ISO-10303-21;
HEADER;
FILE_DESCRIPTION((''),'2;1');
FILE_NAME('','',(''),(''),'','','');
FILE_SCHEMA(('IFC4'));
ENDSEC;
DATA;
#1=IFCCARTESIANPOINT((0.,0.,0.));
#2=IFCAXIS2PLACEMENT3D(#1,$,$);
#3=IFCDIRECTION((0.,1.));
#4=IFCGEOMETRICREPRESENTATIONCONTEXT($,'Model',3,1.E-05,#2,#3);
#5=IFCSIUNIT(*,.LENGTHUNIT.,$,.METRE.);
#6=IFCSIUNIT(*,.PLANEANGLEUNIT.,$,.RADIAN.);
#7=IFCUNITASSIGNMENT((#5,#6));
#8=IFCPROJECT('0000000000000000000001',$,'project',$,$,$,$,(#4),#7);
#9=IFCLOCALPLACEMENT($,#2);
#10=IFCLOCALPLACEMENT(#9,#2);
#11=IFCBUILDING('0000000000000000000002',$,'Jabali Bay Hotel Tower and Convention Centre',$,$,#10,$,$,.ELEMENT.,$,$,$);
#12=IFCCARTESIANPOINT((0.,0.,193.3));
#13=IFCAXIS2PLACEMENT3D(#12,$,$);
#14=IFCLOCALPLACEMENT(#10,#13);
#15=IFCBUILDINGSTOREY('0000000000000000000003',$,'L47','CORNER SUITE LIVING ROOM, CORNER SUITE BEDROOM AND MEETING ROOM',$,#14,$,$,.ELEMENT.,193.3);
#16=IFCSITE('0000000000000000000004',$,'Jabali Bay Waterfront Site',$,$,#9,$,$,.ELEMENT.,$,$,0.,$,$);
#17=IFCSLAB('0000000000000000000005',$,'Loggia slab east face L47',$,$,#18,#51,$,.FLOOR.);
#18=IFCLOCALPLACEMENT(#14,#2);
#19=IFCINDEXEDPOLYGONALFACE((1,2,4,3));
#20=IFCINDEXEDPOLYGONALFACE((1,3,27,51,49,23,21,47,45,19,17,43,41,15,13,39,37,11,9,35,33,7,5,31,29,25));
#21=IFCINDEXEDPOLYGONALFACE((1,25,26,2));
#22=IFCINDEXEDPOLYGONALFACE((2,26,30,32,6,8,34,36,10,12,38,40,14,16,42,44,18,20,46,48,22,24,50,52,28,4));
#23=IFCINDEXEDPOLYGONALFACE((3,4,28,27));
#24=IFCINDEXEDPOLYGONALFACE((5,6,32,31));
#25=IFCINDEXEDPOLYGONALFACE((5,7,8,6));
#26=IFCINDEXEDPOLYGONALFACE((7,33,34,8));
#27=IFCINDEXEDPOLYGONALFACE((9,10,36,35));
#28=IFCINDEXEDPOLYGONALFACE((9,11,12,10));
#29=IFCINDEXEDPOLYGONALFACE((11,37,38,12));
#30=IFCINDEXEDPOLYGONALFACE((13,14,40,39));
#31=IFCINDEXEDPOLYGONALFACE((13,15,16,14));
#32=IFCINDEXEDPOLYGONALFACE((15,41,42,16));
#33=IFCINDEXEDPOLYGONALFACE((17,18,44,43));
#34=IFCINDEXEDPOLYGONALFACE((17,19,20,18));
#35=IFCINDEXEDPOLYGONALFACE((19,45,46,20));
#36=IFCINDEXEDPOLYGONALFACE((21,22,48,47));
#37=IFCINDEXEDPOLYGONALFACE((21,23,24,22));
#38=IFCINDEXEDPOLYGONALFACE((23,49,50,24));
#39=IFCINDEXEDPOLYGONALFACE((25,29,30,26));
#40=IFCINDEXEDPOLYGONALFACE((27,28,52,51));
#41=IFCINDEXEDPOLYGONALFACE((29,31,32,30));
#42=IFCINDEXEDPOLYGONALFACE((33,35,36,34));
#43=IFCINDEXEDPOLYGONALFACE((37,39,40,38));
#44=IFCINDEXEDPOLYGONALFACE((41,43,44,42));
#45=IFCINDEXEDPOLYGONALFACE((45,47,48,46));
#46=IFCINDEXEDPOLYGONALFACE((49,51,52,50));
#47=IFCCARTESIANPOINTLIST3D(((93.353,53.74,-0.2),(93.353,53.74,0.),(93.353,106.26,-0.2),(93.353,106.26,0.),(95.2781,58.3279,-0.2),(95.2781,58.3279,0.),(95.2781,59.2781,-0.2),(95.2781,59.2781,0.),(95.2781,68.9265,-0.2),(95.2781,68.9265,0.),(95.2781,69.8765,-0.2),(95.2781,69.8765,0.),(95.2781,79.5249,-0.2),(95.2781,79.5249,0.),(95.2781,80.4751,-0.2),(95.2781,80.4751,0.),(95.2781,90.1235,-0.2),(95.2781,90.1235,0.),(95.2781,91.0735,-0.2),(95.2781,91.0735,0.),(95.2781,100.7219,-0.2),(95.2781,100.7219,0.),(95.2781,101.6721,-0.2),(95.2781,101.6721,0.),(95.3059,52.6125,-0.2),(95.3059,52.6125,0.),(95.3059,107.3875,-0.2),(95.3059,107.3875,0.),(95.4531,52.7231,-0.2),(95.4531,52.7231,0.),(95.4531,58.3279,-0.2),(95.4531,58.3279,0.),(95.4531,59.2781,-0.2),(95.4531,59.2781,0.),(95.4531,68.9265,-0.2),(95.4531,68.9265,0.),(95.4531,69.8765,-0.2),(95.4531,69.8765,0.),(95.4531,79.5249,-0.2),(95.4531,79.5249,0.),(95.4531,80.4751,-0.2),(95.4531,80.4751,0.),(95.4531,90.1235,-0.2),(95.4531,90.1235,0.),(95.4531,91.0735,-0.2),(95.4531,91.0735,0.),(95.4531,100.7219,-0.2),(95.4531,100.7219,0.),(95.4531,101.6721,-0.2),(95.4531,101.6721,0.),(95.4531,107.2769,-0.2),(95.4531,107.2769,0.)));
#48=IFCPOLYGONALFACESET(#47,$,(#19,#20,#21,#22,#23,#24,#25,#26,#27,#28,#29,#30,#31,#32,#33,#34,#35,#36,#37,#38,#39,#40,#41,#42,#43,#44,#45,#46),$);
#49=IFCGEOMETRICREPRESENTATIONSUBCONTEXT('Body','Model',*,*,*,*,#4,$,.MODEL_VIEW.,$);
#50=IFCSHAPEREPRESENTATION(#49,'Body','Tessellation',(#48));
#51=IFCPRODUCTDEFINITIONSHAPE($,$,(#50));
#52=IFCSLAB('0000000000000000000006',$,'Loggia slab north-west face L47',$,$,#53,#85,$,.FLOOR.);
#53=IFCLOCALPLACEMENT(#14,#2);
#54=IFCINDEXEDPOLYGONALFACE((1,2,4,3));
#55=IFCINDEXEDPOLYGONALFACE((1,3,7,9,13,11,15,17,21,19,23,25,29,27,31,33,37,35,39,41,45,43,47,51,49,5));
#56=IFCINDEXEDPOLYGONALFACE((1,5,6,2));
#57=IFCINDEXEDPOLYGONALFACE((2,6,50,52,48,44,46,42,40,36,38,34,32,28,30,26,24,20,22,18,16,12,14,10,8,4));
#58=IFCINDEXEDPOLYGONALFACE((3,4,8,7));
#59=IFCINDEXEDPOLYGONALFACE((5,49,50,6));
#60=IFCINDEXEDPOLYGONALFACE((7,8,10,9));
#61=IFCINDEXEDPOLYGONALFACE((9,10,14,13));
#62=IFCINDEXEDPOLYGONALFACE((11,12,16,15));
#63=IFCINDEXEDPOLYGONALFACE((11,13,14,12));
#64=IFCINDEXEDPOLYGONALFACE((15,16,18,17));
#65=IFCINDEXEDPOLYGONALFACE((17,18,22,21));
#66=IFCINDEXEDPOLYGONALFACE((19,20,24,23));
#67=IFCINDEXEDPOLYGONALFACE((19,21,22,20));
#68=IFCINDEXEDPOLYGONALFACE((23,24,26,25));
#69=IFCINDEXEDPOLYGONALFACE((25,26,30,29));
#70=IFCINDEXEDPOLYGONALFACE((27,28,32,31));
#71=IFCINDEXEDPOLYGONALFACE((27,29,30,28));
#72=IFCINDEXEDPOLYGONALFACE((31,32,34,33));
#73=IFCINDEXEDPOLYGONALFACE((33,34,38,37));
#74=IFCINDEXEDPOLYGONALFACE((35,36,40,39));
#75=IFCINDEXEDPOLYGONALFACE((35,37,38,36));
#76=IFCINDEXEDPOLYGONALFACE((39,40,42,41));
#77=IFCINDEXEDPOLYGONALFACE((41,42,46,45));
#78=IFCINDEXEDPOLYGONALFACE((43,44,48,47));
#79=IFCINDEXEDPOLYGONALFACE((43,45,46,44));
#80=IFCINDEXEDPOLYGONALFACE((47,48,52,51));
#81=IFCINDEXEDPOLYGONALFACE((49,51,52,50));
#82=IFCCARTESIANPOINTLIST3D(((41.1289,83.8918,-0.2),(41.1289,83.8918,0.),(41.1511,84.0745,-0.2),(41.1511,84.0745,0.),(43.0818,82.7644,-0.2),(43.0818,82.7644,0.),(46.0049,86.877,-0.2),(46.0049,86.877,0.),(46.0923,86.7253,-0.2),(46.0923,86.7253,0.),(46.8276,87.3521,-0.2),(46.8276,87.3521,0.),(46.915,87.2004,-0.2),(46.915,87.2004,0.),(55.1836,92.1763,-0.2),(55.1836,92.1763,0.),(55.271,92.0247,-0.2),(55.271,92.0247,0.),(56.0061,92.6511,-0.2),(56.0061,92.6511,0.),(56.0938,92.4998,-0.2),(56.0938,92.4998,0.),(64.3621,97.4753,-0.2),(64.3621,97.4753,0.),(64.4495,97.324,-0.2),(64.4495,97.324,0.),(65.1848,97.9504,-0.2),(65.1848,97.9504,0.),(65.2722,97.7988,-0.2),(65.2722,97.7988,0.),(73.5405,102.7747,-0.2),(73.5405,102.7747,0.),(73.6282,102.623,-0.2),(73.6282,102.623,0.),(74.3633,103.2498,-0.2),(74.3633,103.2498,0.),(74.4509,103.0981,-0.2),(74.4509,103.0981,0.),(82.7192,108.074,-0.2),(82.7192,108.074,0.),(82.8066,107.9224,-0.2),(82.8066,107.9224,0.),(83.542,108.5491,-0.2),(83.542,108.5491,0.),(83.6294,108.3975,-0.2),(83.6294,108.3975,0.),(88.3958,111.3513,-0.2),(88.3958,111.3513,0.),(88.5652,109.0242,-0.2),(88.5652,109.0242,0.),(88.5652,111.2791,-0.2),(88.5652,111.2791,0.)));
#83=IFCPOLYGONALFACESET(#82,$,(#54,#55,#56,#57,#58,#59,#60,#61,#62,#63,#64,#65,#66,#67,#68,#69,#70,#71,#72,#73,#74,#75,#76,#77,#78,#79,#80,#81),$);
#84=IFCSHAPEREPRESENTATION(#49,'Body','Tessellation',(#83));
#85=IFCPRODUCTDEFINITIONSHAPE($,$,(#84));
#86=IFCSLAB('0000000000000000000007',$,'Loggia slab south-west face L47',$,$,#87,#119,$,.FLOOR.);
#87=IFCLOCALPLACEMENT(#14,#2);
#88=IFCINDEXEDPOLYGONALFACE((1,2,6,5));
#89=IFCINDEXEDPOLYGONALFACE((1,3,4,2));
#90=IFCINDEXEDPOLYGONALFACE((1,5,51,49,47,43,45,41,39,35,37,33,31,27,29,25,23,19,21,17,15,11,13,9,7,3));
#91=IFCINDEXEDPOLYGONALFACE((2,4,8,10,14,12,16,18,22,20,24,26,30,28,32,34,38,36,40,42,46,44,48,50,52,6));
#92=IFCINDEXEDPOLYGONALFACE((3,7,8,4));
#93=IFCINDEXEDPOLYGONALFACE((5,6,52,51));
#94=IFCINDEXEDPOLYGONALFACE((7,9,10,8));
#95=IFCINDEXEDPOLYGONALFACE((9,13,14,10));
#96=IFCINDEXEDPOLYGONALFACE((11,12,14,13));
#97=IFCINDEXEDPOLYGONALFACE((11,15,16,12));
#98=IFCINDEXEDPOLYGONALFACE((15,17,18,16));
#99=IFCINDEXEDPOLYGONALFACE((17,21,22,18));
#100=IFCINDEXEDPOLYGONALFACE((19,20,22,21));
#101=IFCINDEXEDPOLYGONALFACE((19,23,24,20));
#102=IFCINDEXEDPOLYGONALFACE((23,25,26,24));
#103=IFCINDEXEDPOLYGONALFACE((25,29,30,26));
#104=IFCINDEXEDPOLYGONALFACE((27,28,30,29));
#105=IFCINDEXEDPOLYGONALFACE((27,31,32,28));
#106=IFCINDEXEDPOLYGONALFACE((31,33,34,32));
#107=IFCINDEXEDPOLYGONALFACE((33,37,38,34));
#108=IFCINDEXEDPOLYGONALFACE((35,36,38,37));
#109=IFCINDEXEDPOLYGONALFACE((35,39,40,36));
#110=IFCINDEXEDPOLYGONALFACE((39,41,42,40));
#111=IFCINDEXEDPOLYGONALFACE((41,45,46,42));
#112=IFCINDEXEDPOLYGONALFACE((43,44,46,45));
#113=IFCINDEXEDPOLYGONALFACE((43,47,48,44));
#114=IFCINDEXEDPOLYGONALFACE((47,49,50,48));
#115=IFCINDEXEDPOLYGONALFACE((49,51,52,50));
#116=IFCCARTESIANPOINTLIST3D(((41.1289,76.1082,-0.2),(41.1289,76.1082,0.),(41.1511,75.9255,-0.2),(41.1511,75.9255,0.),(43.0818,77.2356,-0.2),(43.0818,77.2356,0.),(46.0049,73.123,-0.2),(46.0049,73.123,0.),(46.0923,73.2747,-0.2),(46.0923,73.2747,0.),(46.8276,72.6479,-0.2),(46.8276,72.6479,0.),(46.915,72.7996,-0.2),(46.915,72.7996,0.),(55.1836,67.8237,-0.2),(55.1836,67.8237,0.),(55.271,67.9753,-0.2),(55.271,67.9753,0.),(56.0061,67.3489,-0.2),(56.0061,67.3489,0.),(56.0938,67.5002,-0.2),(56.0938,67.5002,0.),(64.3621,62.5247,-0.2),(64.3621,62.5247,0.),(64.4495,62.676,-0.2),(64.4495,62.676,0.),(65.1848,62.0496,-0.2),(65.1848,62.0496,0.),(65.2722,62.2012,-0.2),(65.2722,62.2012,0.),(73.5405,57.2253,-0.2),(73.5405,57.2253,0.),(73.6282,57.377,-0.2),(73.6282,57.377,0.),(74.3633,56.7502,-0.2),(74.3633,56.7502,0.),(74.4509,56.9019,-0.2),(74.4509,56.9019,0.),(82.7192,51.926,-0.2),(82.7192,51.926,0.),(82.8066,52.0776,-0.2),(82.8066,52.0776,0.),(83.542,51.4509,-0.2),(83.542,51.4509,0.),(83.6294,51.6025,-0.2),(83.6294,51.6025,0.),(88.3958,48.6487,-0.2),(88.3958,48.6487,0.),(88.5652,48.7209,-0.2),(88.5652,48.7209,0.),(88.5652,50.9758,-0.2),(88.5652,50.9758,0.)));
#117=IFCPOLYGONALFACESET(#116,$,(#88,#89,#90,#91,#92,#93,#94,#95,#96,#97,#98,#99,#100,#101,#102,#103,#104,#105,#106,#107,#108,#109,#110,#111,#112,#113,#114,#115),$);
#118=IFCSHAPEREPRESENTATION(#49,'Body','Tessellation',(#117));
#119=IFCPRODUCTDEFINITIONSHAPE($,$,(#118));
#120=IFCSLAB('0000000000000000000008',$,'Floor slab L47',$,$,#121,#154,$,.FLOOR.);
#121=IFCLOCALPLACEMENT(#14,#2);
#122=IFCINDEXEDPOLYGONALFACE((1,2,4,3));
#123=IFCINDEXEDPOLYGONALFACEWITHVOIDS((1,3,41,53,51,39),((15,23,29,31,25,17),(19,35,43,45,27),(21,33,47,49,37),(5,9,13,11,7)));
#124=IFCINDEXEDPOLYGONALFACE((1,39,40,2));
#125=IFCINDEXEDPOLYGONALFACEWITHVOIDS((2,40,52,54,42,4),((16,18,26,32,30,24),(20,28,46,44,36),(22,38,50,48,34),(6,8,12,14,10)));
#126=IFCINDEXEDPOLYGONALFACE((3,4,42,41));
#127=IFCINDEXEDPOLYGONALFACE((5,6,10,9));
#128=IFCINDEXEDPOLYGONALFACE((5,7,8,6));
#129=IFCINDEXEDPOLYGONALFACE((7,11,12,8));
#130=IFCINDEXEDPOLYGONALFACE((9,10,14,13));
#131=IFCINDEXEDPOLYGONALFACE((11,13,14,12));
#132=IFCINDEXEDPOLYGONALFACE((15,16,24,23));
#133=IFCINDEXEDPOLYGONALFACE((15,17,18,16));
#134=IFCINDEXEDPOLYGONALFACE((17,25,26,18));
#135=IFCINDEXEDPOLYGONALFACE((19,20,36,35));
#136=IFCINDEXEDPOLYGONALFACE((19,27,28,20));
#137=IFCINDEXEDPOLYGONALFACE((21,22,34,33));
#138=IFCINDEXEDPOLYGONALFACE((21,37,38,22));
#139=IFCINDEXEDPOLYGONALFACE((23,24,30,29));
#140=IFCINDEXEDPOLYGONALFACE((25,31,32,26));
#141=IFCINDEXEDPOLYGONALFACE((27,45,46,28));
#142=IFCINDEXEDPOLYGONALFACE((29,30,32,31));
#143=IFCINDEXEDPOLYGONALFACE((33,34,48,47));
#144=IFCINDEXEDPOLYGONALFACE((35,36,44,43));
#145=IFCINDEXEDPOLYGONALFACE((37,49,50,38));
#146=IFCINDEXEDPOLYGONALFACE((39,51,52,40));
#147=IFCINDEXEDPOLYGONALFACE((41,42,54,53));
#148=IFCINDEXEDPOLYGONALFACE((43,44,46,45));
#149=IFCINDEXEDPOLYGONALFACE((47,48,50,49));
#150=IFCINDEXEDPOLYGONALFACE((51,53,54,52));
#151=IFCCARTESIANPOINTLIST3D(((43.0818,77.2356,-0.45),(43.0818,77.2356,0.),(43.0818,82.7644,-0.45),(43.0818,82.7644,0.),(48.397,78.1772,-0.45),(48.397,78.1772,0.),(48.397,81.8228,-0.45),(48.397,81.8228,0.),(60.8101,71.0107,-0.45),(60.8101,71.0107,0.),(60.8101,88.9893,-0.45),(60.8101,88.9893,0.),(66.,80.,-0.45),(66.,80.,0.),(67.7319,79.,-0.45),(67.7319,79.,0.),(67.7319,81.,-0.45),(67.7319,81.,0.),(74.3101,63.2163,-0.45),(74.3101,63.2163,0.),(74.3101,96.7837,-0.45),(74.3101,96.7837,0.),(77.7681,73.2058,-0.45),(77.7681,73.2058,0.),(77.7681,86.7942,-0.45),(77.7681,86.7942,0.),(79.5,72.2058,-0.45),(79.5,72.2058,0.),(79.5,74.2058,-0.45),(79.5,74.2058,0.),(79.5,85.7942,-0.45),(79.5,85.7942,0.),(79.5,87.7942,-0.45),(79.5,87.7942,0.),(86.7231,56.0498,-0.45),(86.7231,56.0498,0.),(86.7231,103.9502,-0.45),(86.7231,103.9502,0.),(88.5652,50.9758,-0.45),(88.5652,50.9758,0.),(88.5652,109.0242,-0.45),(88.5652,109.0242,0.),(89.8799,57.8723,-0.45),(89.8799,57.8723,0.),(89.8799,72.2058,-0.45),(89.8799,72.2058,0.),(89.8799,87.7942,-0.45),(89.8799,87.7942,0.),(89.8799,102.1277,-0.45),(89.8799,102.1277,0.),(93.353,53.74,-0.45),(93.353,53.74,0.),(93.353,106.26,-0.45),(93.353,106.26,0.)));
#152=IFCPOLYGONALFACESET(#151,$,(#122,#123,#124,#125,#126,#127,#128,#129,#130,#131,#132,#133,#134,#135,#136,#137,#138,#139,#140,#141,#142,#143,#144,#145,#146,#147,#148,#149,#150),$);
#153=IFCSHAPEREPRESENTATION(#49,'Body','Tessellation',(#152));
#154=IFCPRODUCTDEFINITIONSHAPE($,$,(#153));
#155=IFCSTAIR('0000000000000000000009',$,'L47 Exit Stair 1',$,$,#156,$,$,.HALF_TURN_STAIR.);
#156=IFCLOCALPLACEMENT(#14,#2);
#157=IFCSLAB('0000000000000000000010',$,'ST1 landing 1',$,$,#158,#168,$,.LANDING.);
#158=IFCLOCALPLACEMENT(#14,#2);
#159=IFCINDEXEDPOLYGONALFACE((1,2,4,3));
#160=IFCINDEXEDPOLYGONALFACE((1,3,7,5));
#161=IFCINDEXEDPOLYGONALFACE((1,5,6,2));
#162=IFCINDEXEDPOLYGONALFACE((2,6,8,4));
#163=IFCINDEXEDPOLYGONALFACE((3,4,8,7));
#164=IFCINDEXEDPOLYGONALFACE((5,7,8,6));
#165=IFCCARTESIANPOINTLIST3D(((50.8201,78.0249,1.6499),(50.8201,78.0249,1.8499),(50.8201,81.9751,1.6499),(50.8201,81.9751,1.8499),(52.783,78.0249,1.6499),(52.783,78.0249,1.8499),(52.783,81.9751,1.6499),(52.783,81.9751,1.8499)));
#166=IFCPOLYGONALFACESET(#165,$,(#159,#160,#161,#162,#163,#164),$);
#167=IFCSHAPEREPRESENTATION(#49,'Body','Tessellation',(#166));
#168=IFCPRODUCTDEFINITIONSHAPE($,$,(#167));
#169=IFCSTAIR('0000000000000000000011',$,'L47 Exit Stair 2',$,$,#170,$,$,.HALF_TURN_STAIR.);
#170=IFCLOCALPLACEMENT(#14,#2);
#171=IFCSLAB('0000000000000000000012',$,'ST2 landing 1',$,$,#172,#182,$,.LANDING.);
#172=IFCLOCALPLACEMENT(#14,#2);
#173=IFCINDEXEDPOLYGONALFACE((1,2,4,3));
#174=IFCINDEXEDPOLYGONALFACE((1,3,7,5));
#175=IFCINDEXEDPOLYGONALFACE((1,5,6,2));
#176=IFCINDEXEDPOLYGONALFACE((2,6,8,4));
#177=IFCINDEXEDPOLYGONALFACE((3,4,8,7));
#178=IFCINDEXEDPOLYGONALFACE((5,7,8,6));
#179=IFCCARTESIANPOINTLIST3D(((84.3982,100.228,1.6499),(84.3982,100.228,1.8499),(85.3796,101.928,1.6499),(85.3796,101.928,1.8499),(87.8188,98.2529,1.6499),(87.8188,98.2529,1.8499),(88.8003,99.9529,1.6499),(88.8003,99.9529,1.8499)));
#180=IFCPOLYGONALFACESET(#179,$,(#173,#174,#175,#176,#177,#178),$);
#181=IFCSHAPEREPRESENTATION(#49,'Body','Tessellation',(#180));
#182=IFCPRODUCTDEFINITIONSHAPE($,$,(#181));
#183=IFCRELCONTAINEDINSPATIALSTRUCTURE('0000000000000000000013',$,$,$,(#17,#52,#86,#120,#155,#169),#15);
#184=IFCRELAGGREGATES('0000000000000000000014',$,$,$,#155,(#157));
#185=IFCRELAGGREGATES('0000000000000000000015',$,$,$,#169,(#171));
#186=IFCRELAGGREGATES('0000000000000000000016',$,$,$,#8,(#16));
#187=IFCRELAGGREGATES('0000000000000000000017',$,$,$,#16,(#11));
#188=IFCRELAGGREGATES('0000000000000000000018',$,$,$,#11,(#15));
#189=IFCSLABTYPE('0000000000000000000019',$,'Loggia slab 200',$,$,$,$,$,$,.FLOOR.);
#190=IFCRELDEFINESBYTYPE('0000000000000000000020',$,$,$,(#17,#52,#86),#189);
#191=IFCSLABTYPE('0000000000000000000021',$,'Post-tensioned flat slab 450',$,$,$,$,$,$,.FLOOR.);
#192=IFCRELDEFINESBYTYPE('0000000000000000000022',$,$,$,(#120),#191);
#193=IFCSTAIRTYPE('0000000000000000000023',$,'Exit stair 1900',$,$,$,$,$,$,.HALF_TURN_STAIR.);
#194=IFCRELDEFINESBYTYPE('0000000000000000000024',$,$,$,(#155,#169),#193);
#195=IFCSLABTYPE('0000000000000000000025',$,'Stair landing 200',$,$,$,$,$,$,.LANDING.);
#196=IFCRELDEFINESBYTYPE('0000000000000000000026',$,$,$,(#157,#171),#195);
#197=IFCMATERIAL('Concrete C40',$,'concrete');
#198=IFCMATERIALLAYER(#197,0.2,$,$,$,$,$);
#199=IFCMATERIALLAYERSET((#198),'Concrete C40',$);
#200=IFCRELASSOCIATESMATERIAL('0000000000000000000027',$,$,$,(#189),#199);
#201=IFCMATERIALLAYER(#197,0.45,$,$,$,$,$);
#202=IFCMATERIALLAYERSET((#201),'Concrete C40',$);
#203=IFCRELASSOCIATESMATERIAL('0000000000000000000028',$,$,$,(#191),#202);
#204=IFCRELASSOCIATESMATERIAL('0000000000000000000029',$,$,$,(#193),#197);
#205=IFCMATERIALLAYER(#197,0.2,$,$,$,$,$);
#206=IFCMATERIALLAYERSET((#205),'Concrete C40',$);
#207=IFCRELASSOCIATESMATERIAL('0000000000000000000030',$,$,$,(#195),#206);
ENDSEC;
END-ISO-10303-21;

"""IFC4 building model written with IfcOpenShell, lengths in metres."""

from ifc_helpers import new_model, si_unit, direction, frame, origin, place, context, subcontext, project, spatial, polyline, outline, extrude, material, layer, layer_set, type_object, element, aggregate, save


model = new_model("IFC4")

# Units and contexts
model_context = context("Model", 3, precision=1e-05, world=origin(), true_north=direction((0.0, 1.0)))
body_context = subcontext(model_context, "Body", "Model", "MODEL_VIEW")
ifc_project = project(units=[si_unit("LENGTHUNIT", "METRE"), si_unit("PLANEANGLEUNIT", "RADIAN")], contexts=[model_context])

# Site, building, storey
site_placement = place(None, origin())
site = spatial("IfcSite", under=ifc_project, at=site_placement, Name="Jabali Bay Waterfront Site", CompositionType="ELEMENT", RefElevation=0.0)
building_placement = place(site_placement, origin())
building = spatial("IfcBuilding", under=site, at=building_placement, Name="Jabali Bay Hotel Tower and Convention Centre", CompositionType="ELEMENT")
storey_placement = place(building_placement, frame((0.0, 0.0, 193.3)))
storey = spatial("IfcBuildingStorey", under=building, at=storey_placement, Name="L47", Description="CORNER SUITE LIVING ROOM, CORNER SUITE BEDROOM AND MEETING ROOM", CompositionType="ELEMENT", Elevation=193.3)

# Slabs
ifc_material_1 = material(Name="Concrete C40", Category="concrete")
ifc_layer_1 = layer(ifc_material_1, 0.2)
ifc_layer_set_1 = layer_set([ifc_layer_1], Name="Concrete C40")
slab_type_1 = type_object("IfcSlabType", Name="Loggia slab 200", PredefinedType="FLOOR", material=ifc_layer_set_1)
slab_1_placement = place(storey_placement, frame((0.0, 0.0, -0.2)))
element("IfcSlab", 1, at=slab_1_placement, inside=storey, type_object=slab_type_1, Name="Loggia slab east face L47", PredefinedType="FLOOR", context=body_context, shape_type="SweptSolid", body=[
    extrude(outline(polyline([(93.353, 106.26), (95.3059, 107.3875), (95.4531, 107.2769), (95.4531, 101.6721), (95.2781, 101.6721), (95.2781, 100.7219), (95.4531, 100.7219), (95.4531, 91.0735), (95.2781, 91.0735), (95.2781, 90.1235), (95.4531, 90.1235), (95.4531, 80.4751), (95.2781, 80.4751), (95.2781, 79.5249), (95.4531, 79.5249), (95.4531, 69.8765), (95.2781, 69.8765), (95.2781, 68.9265), (95.4531, 68.9265), (95.4531, 59.2781), (95.2781, 59.2781), (95.2781, 58.3279), (95.4531, 58.3279), (95.4531, 52.7231), (95.3059, 52.6125), (93.353, 53.74), (93.353, 106.26)])), origin(), (0.0, 0.0, 1.0), 0.2),
])
slab_2_placement = place(storey_placement, frame((0.0, 0.0, -0.2)))
element("IfcSlab", 2, at=slab_2_placement, inside=storey, type_object=slab_type_1, Name="Loggia slab north-west face L47", PredefinedType="FLOOR", context=body_context, shape_type="SweptSolid", body=[
    extrude(outline(polyline([(43.0818, 82.7644), (41.1289, 83.8918), (41.1511, 84.0745), (46.0049, 86.877), (46.0923, 86.7253), (46.915, 87.2004), (46.8276, 87.3521), (55.1836, 92.1763), (55.271, 92.0247), (56.0938, 92.4998), (56.0061, 92.6511), (64.3621, 97.4753), (64.4495, 97.324), (65.2722, 97.7988), (65.1848, 97.9504), (73.5405, 102.7747), (73.6282, 102.623), (74.4509, 103.0981), (74.3633, 103.2498), (82.7192, 108.074), (82.8066, 107.9224), (83.6294, 108.3975), (83.542, 108.5491), (88.3958, 111.3513), (88.5652, 111.2791), (88.5652, 109.0242), (43.0818, 82.7644)])), origin(), (0.0, 0.0, 1.0), 0.2),
])
slab_3_placement = place(storey_placement, frame((0.0, 0.0, -0.2)))
element("IfcSlab", 3, at=slab_3_placement, inside=storey, type_object=slab_type_1, Name="Loggia slab south-west face L47", PredefinedType="FLOOR", context=body_context, shape_type="SweptSolid", body=[
    extrude(outline(polyline([(88.5652, 50.9758), (88.5652, 48.7209), (88.3958, 48.6487), (83.542, 51.4509), (83.6294, 51.6025), (82.8066, 52.0776), (82.7192, 51.926), (74.3633, 56.7502), (74.4509, 56.9019), (73.6282, 57.377), (73.5405, 57.2253), (65.1848, 62.0496), (65.2722, 62.2012), (64.4495, 62.676), (64.3621, 62.5247), (56.0061, 67.3489), (56.0938, 67.5002), (55.271, 67.9753), (55.1836, 67.8237), (46.8276, 72.6479), (46.915, 72.7996), (46.0923, 73.2747), (46.0049, 73.123), (41.1511, 75.9255), (41.1289, 76.1082), (43.0818, 77.2356), (88.5652, 50.9758)])), origin(), (0.0, 0.0, 1.0), 0.2),
])
ifc_layer_2 = layer(ifc_material_1, 0.45)
ifc_layer_set_2 = layer_set([ifc_layer_2], Name="Concrete C40")
slab_type_2 = type_object("IfcSlabType", Name="Post-tensioned flat slab 450", PredefinedType="FLOOR", material=ifc_layer_set_2)
slab_4_placement = place(storey_placement, frame((0.0, 0.0, -0.45)))
element("IfcSlab", 4, at=slab_4_placement, inside=storey, type_object=slab_type_2, Name="Floor slab L47", PredefinedType="FLOOR", context=body_context, shape_type="SweptSolid", body=[
    extrude(outline(polyline([(88.5652, 109.0242), (93.353, 106.26), (93.353, 53.74), (88.5652, 50.9758), (43.0818, 77.2356), (43.0818, 82.7644), (88.5652, 109.0242)]), holes=[polyline([(67.7319, 79.0), (77.7681, 73.2058), (79.5, 74.2058), (79.5, 85.7942), (77.7681, 86.7942), (67.7319, 81.0), (67.7319, 79.0)]), polyline([(48.397, 78.1772), (60.8101, 71.0107), (66.0, 80.0), (60.8101, 88.9893), (48.397, 81.8228), (48.397, 78.1772)]), polyline([(89.8799, 102.1277), (86.7231, 103.9502), (74.3101, 96.7837), (79.5, 87.7942), (89.8799, 87.7942), (89.8799, 102.1277)]), polyline([(74.3101, 63.2163), (86.7231, 56.0498), (89.8799, 57.8723), (89.8799, 72.2058), (79.5, 72.2058), (74.3101, 63.2163)])]), origin(), (0.0, 0.0, 1.0), 0.45),
])

# Stairs, slabs
stair_type = type_object("IfcStairType", Name="Exit stair 1900", PredefinedType="HALF_TURN_STAIR", material=ifc_material_1)
stair_1_placement = place(storey_placement, origin())
stair_1 = element("IfcStair", 5, at=stair_1_placement, inside=storey, type_object=stair_type, Name="L47 Exit Stair 1", PredefinedType="HALF_TURN_STAIR")
ifc_layer_3 = layer(ifc_material_1, 0.2)
ifc_layer_set_3 = layer_set([ifc_layer_3], Name="Concrete C40")
slab_type_3 = type_object("IfcSlabType", Name="Stair landing 200", PredefinedType="LANDING", material=ifc_layer_set_3)
slab_5_placement = place(storey_placement, frame((0.0, 0.0, 1.6499)))
slab_5 = element("IfcSlab", 6, at=slab_5_placement, type_object=slab_type_3, Name="ST1 landing 1", PredefinedType="LANDING", context=body_context, shape_type="SweptSolid", body=[
    extrude(outline(polyline([(52.783, 81.9751), (50.8201, 81.9751), (50.8201, 78.0249), (52.783, 78.0249), (52.783, 81.9751)])), origin(), (0.0, 0.0, 1.0), 0.2),
])
aggregate(stair_1, [slab_5])
stair_2_placement = place(storey_placement, origin())
stair_2 = element("IfcStair", 7, at=stair_2_placement, inside=storey, type_object=stair_type, Name="L47 Exit Stair 2", PredefinedType="HALF_TURN_STAIR")
slab_6_placement = place(storey_placement, frame((0.0, 0.0, 1.6499)))
slab_6 = element("IfcSlab", 8, at=slab_6_placement, type_object=slab_type_3, Name="ST2 landing 1", PredefinedType="LANDING", context=body_context, shape_type="SweptSolid", body=[
    extrude(outline(polyline([(87.8188, 98.2529), (88.8003, 99.9529), (85.3796, 101.928), (84.3982, 100.228), (87.8188, 98.2529)])), origin(), (0.0, 0.0, 1.0), 0.2),
])
aggregate(stair_2, [slab_6])

save(model, "model.ifc")
